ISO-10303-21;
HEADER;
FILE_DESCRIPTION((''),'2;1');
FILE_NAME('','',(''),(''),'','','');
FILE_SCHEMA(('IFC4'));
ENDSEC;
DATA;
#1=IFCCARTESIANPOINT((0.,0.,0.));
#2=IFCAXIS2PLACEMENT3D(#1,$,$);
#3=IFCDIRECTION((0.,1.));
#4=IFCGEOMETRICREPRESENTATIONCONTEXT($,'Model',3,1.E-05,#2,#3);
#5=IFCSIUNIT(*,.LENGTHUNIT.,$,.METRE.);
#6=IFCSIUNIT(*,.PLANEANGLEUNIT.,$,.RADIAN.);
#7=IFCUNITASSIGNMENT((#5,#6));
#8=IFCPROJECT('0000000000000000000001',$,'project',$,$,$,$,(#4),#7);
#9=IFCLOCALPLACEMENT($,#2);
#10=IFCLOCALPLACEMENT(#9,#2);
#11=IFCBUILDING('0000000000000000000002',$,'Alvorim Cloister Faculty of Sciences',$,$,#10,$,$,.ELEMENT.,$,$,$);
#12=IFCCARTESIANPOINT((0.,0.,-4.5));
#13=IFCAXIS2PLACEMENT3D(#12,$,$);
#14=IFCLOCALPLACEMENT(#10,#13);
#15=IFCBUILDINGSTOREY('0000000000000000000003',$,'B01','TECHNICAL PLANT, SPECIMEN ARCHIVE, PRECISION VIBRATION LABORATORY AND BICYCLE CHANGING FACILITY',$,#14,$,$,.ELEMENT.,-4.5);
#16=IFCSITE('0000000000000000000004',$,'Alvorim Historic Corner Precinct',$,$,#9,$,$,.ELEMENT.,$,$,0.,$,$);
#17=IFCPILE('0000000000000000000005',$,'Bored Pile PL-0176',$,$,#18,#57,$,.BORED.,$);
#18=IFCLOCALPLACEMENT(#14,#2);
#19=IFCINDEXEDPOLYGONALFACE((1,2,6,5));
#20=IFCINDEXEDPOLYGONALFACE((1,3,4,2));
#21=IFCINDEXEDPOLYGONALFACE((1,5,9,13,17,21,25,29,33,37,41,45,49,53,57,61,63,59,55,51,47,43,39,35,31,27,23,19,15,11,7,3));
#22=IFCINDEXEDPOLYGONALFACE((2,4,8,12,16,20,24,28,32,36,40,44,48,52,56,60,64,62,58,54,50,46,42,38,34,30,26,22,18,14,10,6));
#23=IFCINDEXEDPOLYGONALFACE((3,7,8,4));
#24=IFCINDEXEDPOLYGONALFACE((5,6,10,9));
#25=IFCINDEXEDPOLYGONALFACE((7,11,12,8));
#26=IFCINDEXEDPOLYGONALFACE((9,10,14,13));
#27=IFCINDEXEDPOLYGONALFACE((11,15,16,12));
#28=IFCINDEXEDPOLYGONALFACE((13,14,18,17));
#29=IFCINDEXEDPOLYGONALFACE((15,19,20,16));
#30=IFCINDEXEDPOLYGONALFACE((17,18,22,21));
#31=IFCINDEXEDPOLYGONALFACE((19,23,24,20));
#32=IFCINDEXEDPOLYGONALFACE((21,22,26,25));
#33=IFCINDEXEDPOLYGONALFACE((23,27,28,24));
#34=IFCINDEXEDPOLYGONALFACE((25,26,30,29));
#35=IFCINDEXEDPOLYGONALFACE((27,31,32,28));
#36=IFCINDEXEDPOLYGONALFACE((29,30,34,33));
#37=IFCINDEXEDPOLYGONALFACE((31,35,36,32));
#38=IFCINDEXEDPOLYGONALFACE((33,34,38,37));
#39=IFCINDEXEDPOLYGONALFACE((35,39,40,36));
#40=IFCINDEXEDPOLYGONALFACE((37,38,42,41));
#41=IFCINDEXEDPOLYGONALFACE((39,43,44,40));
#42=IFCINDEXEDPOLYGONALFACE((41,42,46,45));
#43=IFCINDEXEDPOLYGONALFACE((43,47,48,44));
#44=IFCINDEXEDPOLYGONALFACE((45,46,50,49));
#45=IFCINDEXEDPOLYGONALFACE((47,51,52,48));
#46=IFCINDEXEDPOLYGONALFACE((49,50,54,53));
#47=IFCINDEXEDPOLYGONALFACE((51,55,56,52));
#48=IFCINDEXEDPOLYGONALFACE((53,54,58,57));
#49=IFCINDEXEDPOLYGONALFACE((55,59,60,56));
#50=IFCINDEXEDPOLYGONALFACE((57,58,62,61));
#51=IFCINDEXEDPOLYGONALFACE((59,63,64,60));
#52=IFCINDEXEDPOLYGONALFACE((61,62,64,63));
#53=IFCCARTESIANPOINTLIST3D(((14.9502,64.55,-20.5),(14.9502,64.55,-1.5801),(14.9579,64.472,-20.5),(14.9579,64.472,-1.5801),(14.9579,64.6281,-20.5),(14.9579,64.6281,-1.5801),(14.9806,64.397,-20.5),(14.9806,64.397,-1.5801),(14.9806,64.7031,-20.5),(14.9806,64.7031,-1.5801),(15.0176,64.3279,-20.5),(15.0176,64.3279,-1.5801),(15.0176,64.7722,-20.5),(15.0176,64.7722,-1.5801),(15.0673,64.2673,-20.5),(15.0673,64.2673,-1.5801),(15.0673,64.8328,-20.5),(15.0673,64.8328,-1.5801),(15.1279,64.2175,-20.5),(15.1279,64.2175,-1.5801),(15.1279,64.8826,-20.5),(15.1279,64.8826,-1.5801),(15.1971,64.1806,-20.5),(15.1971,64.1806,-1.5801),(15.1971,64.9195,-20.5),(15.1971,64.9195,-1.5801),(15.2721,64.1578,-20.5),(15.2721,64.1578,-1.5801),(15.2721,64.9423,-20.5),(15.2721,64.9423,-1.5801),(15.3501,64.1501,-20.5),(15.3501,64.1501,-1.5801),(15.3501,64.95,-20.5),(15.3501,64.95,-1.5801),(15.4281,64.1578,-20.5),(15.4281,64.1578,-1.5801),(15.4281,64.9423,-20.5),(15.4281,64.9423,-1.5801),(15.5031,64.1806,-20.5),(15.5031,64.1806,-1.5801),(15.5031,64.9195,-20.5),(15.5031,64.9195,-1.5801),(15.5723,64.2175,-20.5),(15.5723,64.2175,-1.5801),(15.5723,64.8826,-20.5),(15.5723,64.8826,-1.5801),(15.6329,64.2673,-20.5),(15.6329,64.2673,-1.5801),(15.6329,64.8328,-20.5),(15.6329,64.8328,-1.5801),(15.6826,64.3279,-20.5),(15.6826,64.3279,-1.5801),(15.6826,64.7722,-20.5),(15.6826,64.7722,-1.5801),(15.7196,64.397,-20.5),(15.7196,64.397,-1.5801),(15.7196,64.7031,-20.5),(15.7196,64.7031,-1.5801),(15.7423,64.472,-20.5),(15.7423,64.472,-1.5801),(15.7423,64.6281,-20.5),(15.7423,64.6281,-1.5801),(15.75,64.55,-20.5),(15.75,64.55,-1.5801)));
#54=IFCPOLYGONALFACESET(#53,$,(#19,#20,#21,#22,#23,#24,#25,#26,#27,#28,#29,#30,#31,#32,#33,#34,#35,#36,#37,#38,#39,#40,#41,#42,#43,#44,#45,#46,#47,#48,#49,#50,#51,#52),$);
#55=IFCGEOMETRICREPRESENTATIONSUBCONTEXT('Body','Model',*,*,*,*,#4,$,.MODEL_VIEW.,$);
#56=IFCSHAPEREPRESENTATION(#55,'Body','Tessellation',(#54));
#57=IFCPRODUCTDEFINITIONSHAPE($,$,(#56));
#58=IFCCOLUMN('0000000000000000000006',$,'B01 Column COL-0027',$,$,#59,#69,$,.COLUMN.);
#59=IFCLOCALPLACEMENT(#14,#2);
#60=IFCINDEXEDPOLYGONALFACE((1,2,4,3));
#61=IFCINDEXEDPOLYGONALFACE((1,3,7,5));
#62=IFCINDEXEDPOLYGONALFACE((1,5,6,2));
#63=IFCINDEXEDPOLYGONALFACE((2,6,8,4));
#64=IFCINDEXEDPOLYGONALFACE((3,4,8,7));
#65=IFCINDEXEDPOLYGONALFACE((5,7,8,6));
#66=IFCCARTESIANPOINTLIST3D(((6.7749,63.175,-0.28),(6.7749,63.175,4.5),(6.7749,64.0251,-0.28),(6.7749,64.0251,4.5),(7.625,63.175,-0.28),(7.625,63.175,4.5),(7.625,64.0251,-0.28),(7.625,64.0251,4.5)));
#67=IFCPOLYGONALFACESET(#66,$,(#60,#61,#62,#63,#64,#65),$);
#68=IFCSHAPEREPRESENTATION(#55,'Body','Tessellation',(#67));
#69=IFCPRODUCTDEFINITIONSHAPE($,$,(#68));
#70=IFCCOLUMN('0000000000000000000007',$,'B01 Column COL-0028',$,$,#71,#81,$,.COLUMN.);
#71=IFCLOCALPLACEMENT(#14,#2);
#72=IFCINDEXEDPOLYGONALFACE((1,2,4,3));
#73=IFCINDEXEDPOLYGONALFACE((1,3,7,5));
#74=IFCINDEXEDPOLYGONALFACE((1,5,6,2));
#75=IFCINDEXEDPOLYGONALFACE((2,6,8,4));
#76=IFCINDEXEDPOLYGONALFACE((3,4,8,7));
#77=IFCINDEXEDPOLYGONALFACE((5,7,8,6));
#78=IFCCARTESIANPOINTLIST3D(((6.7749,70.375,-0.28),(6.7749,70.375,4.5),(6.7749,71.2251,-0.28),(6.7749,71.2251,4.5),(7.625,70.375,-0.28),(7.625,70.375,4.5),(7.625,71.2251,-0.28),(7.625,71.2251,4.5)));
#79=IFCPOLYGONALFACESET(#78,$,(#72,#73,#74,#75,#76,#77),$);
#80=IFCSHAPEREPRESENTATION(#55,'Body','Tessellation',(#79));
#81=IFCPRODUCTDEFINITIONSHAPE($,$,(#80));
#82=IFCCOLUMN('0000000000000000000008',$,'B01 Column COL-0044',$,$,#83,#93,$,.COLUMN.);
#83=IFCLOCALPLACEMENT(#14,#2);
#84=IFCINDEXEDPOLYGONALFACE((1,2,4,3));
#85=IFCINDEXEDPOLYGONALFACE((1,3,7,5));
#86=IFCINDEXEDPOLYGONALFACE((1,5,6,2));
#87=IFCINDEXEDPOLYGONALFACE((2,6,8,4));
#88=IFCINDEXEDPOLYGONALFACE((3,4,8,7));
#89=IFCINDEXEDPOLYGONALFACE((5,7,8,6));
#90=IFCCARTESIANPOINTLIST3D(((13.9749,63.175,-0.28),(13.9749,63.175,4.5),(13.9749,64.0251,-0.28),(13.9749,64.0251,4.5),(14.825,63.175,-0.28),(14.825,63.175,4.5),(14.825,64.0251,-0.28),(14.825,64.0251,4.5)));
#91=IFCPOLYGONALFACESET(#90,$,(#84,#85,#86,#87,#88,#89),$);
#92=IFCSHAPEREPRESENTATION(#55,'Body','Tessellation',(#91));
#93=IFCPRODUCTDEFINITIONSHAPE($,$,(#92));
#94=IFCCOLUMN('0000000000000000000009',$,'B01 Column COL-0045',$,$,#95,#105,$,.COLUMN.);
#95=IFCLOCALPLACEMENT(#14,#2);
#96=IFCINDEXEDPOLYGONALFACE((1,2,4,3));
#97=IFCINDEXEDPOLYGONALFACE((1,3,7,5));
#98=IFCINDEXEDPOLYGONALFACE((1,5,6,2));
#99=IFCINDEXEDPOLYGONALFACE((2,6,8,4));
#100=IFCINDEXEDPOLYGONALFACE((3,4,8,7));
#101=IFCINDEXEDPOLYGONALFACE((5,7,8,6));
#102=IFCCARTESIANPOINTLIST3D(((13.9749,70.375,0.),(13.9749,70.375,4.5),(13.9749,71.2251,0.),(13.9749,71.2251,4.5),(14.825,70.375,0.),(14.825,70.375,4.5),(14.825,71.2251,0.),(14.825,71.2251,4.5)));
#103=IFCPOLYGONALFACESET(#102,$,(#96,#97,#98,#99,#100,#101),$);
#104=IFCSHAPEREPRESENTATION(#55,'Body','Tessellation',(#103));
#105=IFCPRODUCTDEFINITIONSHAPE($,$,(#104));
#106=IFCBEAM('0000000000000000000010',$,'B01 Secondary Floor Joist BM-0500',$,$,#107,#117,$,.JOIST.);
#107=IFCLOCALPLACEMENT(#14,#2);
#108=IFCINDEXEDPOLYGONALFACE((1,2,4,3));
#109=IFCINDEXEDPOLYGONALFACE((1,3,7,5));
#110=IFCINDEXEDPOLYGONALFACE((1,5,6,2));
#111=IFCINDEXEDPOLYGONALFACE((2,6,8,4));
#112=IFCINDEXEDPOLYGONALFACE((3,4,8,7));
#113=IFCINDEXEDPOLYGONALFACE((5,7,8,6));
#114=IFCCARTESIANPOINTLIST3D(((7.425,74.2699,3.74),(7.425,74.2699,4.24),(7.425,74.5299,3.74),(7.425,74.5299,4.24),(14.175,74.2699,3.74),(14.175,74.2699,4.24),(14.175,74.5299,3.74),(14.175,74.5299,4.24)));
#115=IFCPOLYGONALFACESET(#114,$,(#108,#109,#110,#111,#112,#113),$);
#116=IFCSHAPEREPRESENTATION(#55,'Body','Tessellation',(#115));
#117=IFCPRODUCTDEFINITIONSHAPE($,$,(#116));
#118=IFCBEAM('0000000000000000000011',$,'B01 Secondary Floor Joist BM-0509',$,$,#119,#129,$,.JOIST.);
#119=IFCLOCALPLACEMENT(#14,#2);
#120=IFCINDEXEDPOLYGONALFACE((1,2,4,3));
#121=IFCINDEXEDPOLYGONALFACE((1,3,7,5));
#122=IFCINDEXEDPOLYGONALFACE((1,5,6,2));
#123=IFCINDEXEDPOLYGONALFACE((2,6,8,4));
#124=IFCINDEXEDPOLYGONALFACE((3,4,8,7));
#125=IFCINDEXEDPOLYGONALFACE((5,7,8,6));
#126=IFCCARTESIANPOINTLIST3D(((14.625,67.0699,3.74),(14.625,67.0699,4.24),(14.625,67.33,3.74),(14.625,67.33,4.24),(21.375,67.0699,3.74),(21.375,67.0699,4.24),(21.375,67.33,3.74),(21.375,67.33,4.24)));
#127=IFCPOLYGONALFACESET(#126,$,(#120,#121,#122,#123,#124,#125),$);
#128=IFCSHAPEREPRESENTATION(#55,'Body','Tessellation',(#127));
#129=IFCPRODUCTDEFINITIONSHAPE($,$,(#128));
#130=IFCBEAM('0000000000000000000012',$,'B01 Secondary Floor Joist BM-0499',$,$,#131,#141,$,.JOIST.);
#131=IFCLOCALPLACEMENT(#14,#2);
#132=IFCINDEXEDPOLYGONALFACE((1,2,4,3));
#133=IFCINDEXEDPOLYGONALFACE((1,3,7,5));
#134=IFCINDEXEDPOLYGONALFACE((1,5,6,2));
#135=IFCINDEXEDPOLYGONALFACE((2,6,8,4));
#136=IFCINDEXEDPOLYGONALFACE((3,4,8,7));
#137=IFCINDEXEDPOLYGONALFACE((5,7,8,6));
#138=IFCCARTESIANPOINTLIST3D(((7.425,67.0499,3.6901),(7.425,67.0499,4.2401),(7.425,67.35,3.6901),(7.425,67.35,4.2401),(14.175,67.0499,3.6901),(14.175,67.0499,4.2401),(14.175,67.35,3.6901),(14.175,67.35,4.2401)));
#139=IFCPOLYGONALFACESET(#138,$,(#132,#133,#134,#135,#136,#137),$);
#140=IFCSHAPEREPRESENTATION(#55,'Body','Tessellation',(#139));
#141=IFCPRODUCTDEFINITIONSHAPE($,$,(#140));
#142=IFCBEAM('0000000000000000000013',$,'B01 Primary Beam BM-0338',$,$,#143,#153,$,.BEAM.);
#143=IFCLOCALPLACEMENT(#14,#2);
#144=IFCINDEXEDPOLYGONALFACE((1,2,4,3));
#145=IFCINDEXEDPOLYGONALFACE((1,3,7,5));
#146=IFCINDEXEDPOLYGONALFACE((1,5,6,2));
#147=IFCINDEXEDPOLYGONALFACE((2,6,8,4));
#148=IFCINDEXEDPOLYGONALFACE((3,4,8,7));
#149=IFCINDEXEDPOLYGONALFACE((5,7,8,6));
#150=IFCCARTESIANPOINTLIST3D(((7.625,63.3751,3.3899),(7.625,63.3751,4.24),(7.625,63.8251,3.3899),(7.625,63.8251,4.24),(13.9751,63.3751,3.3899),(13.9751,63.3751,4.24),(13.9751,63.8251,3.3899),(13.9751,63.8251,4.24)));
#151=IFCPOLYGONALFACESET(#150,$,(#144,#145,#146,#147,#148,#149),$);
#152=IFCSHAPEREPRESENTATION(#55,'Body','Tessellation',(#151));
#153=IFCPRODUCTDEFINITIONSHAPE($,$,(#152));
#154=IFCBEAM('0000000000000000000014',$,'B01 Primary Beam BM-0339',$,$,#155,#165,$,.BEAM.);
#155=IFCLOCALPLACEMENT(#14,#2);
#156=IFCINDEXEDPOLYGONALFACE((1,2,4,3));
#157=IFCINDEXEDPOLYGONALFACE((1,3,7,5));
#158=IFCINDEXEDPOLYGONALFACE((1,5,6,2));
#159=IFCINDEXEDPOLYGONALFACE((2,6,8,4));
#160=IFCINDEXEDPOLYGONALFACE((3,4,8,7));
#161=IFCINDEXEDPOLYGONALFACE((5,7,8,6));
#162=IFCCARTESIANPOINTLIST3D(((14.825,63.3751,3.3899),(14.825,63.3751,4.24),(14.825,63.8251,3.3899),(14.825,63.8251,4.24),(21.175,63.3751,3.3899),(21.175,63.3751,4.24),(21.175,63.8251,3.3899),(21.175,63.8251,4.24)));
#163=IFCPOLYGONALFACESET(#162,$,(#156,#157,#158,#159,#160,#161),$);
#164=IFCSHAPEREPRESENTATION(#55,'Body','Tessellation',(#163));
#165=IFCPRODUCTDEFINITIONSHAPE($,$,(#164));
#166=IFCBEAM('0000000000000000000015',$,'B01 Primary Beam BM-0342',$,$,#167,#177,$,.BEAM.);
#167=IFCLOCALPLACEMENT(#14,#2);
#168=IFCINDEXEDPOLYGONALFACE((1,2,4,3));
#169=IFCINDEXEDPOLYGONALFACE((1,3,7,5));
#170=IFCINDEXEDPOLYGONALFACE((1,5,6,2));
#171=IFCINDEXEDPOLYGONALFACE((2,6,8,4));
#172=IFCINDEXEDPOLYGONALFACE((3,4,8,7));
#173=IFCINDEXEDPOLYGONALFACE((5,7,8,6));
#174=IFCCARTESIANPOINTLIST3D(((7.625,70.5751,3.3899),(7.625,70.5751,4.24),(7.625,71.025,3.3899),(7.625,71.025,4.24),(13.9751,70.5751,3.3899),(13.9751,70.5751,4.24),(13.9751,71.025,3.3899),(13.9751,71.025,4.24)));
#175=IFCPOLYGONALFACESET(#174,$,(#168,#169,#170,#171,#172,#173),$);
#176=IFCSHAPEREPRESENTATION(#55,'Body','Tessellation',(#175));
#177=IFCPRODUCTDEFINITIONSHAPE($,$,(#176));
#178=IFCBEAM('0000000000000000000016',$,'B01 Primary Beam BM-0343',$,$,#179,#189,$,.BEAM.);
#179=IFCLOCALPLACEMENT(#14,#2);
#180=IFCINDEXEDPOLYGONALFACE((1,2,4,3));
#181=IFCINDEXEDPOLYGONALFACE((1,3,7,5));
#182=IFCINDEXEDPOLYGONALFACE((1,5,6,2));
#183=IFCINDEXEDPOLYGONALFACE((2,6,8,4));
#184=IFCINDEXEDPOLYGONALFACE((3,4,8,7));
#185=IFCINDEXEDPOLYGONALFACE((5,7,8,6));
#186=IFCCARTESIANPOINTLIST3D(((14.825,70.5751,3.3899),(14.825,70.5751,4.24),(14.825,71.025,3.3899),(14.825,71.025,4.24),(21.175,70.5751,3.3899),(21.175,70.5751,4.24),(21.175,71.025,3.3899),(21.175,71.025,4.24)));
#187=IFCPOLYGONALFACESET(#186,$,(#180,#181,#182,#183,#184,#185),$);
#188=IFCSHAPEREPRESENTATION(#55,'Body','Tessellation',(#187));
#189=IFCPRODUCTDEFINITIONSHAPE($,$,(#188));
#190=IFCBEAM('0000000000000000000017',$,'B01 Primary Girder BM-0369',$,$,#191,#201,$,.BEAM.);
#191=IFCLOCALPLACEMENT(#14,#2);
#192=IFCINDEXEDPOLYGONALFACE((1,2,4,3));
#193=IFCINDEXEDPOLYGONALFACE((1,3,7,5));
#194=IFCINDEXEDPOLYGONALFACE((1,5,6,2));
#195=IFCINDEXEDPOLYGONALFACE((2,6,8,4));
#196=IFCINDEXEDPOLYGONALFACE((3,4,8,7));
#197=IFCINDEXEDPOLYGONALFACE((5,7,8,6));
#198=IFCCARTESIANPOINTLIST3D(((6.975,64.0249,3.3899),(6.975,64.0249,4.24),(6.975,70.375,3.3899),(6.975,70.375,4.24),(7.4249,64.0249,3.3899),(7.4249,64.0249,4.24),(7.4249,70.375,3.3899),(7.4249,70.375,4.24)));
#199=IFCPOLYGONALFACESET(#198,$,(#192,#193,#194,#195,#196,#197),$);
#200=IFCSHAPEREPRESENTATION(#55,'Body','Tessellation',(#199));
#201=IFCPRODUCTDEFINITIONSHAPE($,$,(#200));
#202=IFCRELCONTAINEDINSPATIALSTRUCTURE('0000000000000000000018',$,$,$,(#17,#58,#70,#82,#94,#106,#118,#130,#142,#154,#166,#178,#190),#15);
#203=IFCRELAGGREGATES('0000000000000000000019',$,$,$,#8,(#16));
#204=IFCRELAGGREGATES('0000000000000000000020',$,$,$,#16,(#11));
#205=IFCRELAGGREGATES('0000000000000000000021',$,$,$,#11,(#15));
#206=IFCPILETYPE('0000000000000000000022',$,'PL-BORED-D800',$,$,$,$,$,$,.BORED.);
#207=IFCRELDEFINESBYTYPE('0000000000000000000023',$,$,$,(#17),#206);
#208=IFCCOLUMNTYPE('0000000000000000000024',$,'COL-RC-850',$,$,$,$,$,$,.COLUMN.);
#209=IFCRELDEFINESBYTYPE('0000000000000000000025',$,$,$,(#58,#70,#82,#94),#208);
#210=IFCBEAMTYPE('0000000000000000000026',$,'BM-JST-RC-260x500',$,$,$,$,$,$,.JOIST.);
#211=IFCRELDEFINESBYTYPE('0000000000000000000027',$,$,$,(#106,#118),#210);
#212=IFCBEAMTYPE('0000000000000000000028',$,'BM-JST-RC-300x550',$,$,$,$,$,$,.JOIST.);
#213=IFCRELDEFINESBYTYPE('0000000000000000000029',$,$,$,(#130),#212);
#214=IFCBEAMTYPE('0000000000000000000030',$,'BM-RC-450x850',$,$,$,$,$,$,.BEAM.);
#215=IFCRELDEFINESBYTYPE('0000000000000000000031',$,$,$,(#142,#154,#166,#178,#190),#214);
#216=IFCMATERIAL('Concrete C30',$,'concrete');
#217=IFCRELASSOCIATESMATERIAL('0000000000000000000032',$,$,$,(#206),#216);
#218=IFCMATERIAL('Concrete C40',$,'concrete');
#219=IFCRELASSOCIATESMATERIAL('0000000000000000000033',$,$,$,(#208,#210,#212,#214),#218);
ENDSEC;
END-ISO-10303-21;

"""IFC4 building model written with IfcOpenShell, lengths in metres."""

from ifc_helpers import new_model, si_unit, direction, frame, origin, origin_2d, place, context, subcontext, project, spatial, rectangle, circle, extrude, material, material_profile, profile_set, type_object, element, save


model = new_model("IFC4")

# Units and contexts
model_context = context("Model", 3, precision=1e-05, world=origin(), true_north=direction((0.0, 1.0)))
body_context = subcontext(model_context, "Body", "Model", "MODEL_VIEW")
ifc_project = project(units=[si_unit("LENGTHUNIT", "METRE"), si_unit("PLANEANGLEUNIT", "RADIAN")], contexts=[model_context])

# Site, building, storey
site_placement = place(None, origin())
site = spatial("IfcSite", under=ifc_project, at=site_placement, Name="Alvorim Historic Corner Precinct", CompositionType="ELEMENT", RefElevation=0.0)
building_placement = place(site_placement, origin())
building = spatial("IfcBuilding", under=site, at=building_placement, Name="Alvorim Cloister Faculty of Sciences", CompositionType="ELEMENT")
storey_placement = place(building_placement, frame((0.0, 0.0, -4.5)))
storey = spatial("IfcBuildingStorey", under=building, at=storey_placement, Name="B01", Description="TECHNICAL PLANT, SPECIMEN ARCHIVE, PRECISION VIBRATION LABORATORY AND BICYCLE CHANGING FACILITY", CompositionType="ELEMENT", Elevation=-4.5)

# Shared definitions
ifc_material_1 = material(Name="Concrete C40", Category="concrete")

# Pile
ifc_material_2 = material(Name="Concrete C30", Category="concrete")
ifc_material_profile_1 = material_profile(ifc_material_2, circle(Radius=0.3999, at=origin_2d()), Name="PILE-D800")
ifc_profile_set_1 = profile_set([ifc_material_profile_1], Name="Concrete C30")
pile_type = type_object("IfcPileType", Name="PL-BORED-D800", PredefinedType="BORED", material=ifc_profile_set_1)
for number, where, z_axis, x_axis, name in (
    (1, (15.3501, 64.55, -1.5801), (0.0, 0.0, -1.0), (1.0, 0.0, 0.0), "Bored Pile PL-0176"),
):
    element("IfcPile", number, at=place(storey_placement, frame(where, z_axis=z_axis, x_axis=x_axis)), inside=storey, type_object=pile_type, Name=name, PredefinedType="BORED", context=body_context, shape_type="SweptSolid", body=[
        extrude(circle(Radius=0.3999, at=origin_2d()), origin(), (0.0, 0.0, 1.0), 18.9199),
    ])

# Columns
ifc_material_profile_2 = material_profile(ifc_material_1, rectangle(XDim=0.8501, YDim=0.8501, at=origin_2d()), Name="RC40-COL-850x850")
ifc_profile_set_2 = profile_set([ifc_material_profile_2], Name="Concrete C40")
column_type = type_object("IfcColumnType", Name="COL-RC-850", PredefinedType="COLUMN", material=ifc_profile_set_2)
for number, where, z_axis, x_axis, name in (
    (2, (7.2, 63.6001, -0.28), (0.0, 0.0, 1.0), (1.0, 0.0, 0.0), "B01 Column COL-0027"),
    (3, (7.2, 70.8, -0.28), (0.0, 0.0, 1.0), (1.0, 0.0, 0.0), "B01 Column COL-0028"),
    (4, (14.3999, 63.6001, -0.28), (0.0, 0.0, 1.0), (1.0, 0.0, 0.0), "B01 Column COL-0044"),
):
    element("IfcColumn", number, at=place(storey_placement, frame(where, z_axis=z_axis, x_axis=x_axis)), inside=storey, type_object=column_type, Name=name, PredefinedType="COLUMN", context=body_context, shape_type="SweptSolid", body=[
        extrude(rectangle(XDim=0.8501, YDim=0.8501, at=origin_2d()), origin(), (0.0, 0.0, 1.0), 4.78),
    ])
column_placement = place(storey_placement, frame((14.3999, 70.8, 0.0), z_axis=(0.0, 0.0, 1.0), x_axis=(1.0, 0.0, 0.0)))
element("IfcColumn", 5, at=column_placement, inside=storey, type_object=column_type, Name="B01 Column COL-0045", PredefinedType="COLUMN", context=body_context, shape_type="SweptSolid", body=[
    extrude(rectangle(XDim=0.8501, YDim=0.8501, at=origin_2d()), origin(), (0.0, 0.0, 1.0), 4.5),
])

# Beams
ifc_material_profile_3 = material_profile(ifc_material_1, rectangle(XDim=0.26, YDim=0.5, at=origin_2d()), Name="RC40-JST-260x500")
ifc_profile_set_3 = profile_set([ifc_material_profile_3], Name="Concrete C40")
beam_type_1 = type_object("IfcBeamType", Name="BM-JST-RC-260x500", PredefinedType="JOIST", material=ifc_profile_set_3)
for number, where, z_axis, x_axis, name in (
    (6, (7.425, 74.3999, 3.99), (1.0, 0.0, 0.0), (0.0, 1.0, 0.0), "B01 Secondary Floor Joist BM-0500"),
    (7, (14.625, 67.2, 3.99), (1.0, 0.0, 0.0), (0.0, 1.0, 0.0), "B01 Secondary Floor Joist BM-0509"),
):
    element("IfcBeam", number, at=place(storey_placement, frame(where, z_axis=z_axis, x_axis=x_axis)), inside=storey, type_object=beam_type_1, Name=name, PredefinedType="JOIST", context=body_context, shape_type="SweptSolid", body=[
        extrude(rectangle(XDim=0.26, YDim=0.5, at=origin_2d()), origin(), (0.0, 0.0, 1.0), 6.75),
    ])
ifc_material_profile_4 = material_profile(ifc_material_1, rectangle(XDim=0.3, YDim=0.55, at=origin_2d()), Name="RC40-JST-300x550")
ifc_profile_set_4 = profile_set([ifc_material_profile_4], Name="Concrete C40")
beam_type_2 = type_object("IfcBeamType", Name="BM-JST-RC-300x550", PredefinedType="JOIST", material=ifc_profile_set_4)
beam_1_placement = place(storey_placement, frame((7.425, 67.2, 3.9651), z_axis=(1.0, 0.0, 0.0), x_axis=(0.0, 1.0, 0.0)))
element("IfcBeam", 8, at=beam_1_placement, inside=storey, type_object=beam_type_2, Name="B01 Secondary Floor Joist BM-0499", PredefinedType="JOIST", context=body_context, shape_type="SweptSolid", body=[
    extrude(rectangle(XDim=0.3, YDim=0.55, at=origin_2d()), origin(), (0.0, 0.0, 1.0), 6.75),
])
ifc_material_profile_5 = material_profile(ifc_material_1, rectangle(XDim=0.45, YDim=0.8501, at=origin_2d()), Name="RC40-BM-450x850")
ifc_profile_set_5 = profile_set([ifc_material_profile_5], Name="Concrete C40")
beam_type_3 = type_object("IfcBeamType", Name="BM-RC-450x850", PredefinedType="BEAM", material=ifc_profile_set_5)
for number, where, z_axis, x_axis, name in (
    (9, (7.625, 63.6001, 3.8149), (1.0, 0.0, 0.0), (0.0, 1.0, 0.0), "B01 Primary Beam BM-0338"),
    (10, (14.825, 63.6001, 3.8149), (1.0, 0.0, 0.0), (0.0, 1.0, 0.0), "B01 Primary Beam BM-0339"),
    (11, (7.625, 70.8, 3.8149), (1.0, 0.0, 0.0), (0.0, 1.0, 0.0), "B01 Primary Beam BM-0342"),
    (12, (14.825, 70.8, 3.8149), (1.0, 0.0, 0.0), (0.0, 1.0, 0.0), "B01 Primary Beam BM-0343"),
    (13, (7.2, 64.0249, 3.8149), (0.0, 1.0, 0.0), (-1.0, 0.0, 0.0), "B01 Primary Girder BM-0369"),
):
    element("IfcBeam", number, at=place(storey_placement, frame(where, z_axis=z_axis, x_axis=x_axis)), inside=storey, type_object=beam_type_3, Name=name, PredefinedType="BEAM", context=body_context, shape_type="SweptSolid", body=[
        extrude(rectangle(XDim=0.45, YDim=0.8501, at=origin_2d()), origin(), (0.0, 0.0, 1.0), 6.3501),
    ])

save(model, "model.ifc")
